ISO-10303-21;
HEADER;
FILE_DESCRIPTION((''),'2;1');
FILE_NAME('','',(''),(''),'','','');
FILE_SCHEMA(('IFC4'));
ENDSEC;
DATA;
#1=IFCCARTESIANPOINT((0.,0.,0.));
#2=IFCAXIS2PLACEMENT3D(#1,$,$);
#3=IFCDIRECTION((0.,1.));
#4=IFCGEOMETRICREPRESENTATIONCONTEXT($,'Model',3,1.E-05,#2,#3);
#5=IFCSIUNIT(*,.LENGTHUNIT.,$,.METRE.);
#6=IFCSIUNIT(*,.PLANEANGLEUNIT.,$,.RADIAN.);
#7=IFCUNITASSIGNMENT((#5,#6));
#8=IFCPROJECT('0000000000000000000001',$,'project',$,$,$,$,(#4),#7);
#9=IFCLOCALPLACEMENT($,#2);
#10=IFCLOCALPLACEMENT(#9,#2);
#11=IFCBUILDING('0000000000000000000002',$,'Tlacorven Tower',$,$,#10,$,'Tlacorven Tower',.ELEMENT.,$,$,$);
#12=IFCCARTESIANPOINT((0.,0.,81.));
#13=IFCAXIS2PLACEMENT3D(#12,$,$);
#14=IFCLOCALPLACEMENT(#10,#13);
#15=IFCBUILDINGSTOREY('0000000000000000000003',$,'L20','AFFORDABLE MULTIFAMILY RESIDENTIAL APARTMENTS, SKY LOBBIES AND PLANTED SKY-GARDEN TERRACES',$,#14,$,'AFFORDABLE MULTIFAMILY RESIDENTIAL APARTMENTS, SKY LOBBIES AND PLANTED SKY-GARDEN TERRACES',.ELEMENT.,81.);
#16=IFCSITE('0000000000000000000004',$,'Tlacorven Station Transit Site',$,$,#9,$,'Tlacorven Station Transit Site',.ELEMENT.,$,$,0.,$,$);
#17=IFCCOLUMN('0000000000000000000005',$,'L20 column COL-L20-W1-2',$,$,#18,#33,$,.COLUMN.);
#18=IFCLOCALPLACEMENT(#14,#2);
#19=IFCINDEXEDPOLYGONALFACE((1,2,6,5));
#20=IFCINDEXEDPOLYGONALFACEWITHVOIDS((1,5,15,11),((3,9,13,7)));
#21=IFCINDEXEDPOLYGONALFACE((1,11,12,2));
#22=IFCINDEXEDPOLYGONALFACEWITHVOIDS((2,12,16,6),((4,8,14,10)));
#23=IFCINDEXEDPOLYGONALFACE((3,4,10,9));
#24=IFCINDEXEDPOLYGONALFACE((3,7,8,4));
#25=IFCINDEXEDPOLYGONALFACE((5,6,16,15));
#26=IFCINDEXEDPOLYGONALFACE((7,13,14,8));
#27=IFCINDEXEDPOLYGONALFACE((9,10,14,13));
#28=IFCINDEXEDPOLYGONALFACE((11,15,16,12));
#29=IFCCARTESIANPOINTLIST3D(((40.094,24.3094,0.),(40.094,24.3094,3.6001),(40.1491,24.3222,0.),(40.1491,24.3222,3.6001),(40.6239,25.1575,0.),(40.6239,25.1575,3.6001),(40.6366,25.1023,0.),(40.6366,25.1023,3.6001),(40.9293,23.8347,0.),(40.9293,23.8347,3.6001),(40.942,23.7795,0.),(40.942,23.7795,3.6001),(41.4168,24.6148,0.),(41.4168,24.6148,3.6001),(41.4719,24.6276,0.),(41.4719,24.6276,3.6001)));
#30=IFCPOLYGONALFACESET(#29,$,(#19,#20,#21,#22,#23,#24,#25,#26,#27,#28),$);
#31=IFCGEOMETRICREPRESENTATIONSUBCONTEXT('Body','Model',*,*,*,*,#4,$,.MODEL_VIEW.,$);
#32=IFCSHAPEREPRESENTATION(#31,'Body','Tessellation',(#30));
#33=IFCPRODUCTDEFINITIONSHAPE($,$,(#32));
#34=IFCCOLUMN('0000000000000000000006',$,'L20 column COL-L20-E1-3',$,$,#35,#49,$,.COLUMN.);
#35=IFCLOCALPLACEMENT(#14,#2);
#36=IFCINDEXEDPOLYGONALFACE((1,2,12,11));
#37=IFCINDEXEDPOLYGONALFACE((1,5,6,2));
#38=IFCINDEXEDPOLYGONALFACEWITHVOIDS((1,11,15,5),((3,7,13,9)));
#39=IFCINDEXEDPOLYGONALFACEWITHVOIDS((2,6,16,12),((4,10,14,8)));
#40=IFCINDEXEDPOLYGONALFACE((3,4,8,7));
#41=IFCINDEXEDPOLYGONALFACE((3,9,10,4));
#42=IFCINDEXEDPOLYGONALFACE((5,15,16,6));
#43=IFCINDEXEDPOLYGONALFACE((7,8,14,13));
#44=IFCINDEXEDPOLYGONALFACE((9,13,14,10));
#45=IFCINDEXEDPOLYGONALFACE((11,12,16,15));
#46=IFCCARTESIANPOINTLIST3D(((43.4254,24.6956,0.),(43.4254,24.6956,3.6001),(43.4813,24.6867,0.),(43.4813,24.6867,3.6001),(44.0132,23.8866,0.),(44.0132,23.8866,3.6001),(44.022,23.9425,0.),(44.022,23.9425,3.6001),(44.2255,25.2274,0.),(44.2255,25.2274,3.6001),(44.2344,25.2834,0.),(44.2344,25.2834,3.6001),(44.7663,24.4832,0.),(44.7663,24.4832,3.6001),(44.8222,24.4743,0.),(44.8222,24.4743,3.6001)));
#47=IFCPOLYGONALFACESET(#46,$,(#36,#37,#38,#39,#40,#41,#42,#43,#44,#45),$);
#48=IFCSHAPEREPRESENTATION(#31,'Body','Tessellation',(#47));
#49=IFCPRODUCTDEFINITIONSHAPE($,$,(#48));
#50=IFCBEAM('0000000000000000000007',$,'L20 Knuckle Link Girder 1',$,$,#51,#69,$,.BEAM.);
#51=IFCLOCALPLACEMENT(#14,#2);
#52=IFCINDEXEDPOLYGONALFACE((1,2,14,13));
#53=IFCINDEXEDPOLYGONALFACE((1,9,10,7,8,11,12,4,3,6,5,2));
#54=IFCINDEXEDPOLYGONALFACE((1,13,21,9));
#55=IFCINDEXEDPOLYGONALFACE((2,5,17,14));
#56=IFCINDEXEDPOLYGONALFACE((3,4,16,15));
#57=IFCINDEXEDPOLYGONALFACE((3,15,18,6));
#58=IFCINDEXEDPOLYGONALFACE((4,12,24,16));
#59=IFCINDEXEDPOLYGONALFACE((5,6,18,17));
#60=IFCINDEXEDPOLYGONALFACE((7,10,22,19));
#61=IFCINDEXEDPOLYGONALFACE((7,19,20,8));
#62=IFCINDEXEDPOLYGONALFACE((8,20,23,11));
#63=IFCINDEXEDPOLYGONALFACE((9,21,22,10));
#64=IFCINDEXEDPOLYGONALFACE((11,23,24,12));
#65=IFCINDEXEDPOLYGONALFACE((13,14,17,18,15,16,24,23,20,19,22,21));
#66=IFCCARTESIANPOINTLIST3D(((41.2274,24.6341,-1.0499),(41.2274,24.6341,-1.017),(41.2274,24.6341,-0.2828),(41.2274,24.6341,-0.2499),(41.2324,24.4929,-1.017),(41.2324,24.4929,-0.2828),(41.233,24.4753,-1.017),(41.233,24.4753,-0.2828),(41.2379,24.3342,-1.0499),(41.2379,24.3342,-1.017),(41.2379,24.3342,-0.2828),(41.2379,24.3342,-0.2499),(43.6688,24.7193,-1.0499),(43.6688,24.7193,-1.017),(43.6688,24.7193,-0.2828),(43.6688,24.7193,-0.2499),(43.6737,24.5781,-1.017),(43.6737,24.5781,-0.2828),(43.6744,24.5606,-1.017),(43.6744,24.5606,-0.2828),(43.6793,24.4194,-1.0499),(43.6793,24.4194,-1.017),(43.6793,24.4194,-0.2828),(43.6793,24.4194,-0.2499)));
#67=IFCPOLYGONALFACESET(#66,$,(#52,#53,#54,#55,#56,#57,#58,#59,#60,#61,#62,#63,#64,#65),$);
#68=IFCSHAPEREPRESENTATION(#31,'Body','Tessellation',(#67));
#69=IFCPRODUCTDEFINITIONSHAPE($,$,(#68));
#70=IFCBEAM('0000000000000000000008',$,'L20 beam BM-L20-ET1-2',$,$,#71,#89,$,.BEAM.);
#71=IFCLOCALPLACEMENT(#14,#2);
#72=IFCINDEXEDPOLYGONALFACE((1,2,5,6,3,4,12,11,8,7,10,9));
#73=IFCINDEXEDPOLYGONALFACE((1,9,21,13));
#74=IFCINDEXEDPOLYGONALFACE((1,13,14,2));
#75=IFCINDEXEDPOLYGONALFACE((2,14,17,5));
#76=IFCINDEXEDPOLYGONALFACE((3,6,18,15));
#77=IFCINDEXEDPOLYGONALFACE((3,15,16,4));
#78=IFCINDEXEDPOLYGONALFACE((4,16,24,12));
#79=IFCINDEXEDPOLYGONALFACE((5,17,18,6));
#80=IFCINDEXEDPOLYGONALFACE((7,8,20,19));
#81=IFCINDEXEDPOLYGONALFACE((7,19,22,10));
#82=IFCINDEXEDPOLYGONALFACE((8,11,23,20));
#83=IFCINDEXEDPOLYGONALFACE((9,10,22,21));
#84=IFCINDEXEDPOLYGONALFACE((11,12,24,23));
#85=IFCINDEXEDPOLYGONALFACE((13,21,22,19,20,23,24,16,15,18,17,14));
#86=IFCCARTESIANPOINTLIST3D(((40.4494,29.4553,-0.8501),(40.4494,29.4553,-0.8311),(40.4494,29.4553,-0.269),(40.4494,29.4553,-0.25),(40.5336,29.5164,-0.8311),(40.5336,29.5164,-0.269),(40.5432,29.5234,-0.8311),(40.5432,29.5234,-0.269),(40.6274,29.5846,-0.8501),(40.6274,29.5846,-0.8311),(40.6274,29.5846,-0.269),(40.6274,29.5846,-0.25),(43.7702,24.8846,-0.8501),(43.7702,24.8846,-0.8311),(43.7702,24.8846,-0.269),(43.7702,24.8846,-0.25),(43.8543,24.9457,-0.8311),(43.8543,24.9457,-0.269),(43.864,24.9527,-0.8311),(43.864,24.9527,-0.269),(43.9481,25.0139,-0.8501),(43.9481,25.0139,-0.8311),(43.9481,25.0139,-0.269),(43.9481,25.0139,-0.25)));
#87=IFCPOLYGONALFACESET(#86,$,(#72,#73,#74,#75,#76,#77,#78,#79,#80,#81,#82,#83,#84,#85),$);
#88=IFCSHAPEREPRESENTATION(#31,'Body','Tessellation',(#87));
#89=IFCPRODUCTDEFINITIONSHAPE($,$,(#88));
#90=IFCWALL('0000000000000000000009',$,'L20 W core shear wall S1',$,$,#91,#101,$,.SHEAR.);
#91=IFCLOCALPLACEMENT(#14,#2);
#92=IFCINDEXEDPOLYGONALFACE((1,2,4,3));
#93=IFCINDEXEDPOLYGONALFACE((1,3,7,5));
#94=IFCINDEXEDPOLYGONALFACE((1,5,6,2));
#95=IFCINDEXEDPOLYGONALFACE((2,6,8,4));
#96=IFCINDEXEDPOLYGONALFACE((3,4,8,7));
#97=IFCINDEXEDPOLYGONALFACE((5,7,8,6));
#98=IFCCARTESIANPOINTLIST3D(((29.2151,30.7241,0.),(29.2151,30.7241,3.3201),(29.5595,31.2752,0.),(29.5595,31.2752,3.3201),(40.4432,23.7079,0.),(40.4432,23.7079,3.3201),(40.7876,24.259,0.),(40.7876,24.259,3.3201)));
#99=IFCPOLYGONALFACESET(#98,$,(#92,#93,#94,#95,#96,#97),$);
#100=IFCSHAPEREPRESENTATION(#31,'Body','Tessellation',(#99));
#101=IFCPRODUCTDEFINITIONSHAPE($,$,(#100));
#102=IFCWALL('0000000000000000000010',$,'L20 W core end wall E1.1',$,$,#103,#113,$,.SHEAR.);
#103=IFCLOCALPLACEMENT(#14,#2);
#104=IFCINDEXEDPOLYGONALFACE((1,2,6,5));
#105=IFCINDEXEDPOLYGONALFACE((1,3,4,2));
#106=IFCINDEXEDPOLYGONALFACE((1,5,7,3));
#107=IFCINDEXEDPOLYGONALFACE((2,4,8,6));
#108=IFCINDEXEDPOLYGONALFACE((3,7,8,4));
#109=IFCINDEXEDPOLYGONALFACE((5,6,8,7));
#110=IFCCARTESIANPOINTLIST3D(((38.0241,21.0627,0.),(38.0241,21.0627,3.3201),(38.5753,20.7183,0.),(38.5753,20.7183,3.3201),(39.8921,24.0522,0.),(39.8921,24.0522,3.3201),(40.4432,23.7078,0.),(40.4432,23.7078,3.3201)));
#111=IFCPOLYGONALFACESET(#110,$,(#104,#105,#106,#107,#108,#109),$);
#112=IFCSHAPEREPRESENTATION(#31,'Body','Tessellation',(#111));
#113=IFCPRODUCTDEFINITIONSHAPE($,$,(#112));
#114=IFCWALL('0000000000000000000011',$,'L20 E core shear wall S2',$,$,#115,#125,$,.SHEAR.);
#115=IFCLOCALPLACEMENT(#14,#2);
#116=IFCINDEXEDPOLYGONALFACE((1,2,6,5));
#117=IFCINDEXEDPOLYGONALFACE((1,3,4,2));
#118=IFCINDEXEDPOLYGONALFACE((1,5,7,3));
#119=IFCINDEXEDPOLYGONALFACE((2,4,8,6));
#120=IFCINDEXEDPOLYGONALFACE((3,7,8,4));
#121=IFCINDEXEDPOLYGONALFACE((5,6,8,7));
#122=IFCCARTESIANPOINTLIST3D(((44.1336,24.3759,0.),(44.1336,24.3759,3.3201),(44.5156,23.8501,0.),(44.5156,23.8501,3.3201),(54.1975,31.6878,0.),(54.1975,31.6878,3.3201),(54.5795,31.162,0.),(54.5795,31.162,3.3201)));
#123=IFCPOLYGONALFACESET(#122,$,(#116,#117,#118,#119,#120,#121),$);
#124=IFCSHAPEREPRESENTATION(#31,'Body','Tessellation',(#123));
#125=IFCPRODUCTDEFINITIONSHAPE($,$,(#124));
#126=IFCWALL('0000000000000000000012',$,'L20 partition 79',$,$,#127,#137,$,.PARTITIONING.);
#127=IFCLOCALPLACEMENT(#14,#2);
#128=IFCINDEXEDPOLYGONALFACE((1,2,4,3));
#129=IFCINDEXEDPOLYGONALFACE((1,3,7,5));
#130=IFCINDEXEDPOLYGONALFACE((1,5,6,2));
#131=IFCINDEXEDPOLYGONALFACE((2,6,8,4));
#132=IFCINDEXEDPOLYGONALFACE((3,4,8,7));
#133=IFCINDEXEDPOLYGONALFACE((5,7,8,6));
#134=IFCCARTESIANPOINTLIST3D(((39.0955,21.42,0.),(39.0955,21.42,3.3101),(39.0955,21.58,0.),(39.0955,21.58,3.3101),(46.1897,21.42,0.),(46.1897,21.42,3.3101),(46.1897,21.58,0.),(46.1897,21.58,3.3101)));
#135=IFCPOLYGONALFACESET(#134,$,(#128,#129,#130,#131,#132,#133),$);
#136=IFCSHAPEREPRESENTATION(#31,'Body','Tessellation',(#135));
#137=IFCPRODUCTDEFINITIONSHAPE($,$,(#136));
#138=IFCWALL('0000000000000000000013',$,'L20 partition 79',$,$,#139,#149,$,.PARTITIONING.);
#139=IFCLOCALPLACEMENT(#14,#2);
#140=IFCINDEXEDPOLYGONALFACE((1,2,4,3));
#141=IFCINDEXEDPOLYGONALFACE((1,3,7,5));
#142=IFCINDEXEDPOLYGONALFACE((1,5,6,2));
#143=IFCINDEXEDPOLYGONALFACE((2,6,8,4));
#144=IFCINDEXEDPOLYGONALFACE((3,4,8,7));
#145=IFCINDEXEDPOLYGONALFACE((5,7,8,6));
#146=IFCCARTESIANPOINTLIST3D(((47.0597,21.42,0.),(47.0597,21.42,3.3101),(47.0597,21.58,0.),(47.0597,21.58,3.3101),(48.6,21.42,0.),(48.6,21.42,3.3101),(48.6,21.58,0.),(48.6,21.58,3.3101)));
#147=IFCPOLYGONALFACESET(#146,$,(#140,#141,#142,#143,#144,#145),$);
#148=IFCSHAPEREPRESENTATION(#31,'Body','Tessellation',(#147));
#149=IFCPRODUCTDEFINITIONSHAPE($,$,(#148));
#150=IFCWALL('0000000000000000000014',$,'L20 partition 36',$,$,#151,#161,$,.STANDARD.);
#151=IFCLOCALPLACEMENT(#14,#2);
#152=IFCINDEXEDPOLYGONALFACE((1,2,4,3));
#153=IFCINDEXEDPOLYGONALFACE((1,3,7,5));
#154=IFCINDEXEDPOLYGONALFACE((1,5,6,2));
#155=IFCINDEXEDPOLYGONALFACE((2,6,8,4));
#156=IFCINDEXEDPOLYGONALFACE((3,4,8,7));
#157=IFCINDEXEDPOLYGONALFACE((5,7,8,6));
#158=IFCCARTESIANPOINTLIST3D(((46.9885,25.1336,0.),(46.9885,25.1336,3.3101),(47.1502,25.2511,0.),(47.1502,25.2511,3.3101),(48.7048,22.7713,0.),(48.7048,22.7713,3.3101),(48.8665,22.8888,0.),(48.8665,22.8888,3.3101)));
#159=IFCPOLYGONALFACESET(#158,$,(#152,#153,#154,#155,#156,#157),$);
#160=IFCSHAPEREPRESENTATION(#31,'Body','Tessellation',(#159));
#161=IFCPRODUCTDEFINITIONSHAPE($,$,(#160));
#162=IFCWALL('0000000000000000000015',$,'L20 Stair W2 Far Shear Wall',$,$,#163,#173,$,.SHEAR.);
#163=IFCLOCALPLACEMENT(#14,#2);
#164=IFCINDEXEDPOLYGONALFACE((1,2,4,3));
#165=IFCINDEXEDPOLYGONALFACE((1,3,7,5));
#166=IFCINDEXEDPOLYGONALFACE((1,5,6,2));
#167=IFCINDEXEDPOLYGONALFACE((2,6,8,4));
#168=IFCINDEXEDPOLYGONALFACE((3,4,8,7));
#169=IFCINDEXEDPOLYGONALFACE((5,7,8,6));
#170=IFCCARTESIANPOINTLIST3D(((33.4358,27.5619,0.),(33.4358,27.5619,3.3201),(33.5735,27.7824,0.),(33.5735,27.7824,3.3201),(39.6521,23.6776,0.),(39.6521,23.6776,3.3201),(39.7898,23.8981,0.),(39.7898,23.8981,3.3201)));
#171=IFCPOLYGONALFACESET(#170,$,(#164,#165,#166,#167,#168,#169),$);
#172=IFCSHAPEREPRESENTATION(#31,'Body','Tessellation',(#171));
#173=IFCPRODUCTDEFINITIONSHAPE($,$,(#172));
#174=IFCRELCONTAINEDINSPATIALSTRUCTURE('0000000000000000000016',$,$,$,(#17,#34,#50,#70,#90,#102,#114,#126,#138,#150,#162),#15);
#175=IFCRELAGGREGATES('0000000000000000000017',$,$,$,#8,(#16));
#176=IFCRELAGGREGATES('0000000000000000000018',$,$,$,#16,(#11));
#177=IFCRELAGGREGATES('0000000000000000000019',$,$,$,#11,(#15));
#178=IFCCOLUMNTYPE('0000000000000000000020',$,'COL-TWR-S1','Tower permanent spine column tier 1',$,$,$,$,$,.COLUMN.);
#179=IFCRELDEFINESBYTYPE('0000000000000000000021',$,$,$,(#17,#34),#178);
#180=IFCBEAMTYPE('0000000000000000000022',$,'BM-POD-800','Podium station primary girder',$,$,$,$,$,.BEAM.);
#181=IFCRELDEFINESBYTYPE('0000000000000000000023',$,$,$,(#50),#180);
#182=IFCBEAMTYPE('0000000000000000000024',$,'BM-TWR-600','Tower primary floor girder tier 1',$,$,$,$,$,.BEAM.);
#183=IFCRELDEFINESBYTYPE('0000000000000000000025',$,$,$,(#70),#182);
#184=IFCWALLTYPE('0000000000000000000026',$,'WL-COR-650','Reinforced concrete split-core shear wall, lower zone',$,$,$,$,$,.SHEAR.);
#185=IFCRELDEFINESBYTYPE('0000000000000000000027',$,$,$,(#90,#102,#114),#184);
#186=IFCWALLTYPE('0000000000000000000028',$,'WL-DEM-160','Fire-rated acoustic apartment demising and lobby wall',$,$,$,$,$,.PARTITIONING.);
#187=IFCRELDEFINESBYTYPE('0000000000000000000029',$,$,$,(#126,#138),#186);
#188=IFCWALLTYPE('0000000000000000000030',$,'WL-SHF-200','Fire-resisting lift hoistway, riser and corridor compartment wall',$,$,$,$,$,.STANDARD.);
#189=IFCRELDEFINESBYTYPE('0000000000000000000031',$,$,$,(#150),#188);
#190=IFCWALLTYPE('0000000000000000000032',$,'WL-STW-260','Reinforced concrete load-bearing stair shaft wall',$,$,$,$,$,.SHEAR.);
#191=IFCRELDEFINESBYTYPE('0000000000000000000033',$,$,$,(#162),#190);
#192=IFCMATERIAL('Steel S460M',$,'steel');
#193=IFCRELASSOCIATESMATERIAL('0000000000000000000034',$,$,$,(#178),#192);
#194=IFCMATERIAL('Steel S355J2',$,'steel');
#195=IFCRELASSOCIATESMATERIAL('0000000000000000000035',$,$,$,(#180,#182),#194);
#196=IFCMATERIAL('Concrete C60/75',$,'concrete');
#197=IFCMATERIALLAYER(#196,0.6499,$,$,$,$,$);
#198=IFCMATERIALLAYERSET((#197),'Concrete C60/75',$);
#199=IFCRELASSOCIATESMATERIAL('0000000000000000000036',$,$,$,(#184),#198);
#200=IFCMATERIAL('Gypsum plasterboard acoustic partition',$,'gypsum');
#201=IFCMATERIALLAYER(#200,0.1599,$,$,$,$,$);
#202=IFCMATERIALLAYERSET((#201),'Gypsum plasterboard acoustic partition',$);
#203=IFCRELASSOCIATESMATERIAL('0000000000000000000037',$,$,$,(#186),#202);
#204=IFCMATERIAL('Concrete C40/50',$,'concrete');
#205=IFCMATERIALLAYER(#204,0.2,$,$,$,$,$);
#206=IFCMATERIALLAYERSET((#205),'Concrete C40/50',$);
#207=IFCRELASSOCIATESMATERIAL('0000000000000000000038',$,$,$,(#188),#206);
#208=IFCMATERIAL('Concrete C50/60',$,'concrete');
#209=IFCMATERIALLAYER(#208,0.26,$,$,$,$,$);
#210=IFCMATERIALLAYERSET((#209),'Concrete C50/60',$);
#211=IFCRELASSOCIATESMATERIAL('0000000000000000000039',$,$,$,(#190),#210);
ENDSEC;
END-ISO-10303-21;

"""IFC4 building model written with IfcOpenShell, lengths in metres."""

from ifc_helpers import new_model, si_unit, direction, frame, frame_2d, origin, origin_2d, place, context, subcontext, project, spatial, rectangle, hollow_rectangle, i_section, extrude, source, transform, mapped, material, layer, layer_set, material_profile, profile_set, type_object, element, save


model = new_model("IFC4")

# Units and contexts
model_context = context("Model", 3, precision=1e-05, world=origin(), true_north=direction((0.0, 1.0)))
body_context = subcontext(model_context, "Body", "Model", "MODEL_VIEW")
ifc_project = project(units=[si_unit("LENGTHUNIT", "METRE"), si_unit("PLANEANGLEUNIT", "RADIAN")], contexts=[model_context])

# Site, building, storey
site_placement = place(None, origin())
site = spatial("IfcSite", under=ifc_project, at=site_placement, Name="Tlacorven Station Transit Site", LongName="Tlacorven Station Transit Site", CompositionType="ELEMENT", RefElevation=0.0)
building_placement = place(site_placement, origin())
building = spatial("IfcBuilding", under=site, at=building_placement, Name="Tlacorven Tower", LongName="Tlacorven Tower", CompositionType="ELEMENT")
storey_placement = place(building_placement, frame((0.0, 0.0, 81.0)))
storey = spatial("IfcBuildingStorey", under=building, at=storey_placement, Name="L20", Description="AFFORDABLE MULTIFAMILY RESIDENTIAL APARTMENTS, SKY LOBBIES AND PLANTED SKY-GARDEN TERRACES", LongName="AFFORDABLE MULTIFAMILY RESIDENTIAL APARTMENTS, SKY LOBBIES AND PLANTED SKY-GARDEN TERRACES", CompositionType="ELEMENT", Elevation=81.0)

# Columns
ifc_material_1 = material(Name="Steel S460M", Category="steel")
ifc_material_profile_1 = material_profile(ifc_material_1, hollow_rectangle(XDim=1.0, YDim=1.0, WallThickness=0.04, at=origin_2d()), Name="BOX 1000X1000X40")
ifc_profile_set_1 = profile_set([ifc_material_profile_1], Name="Steel S460M")
column_type = type_object("IfcColumnType", Name="COL-TWR-S1", Description="Tower permanent spine column tier 1", PredefinedType="COLUMN", material=ifc_profile_set_1)
shared_shape_1 = source(origin(), body_context, "Body", "SweptSolid", [
    extrude(hollow_rectangle(XDim=1.0, YDim=1.0, WallThickness=0.04, at=origin_2d()), origin(), (0.0, 0.0, 1.0), 3.6001),
])
for number, where, z_axis, x_axis, name in (
    (1, (40.783, 24.4685, 0.0), (0.0, 0.0, 1.0), (-0.848048, 0.529919, 0.0), "L20 column COL-L20-W1-2"),
    (2, (44.1238, 24.585, 0.0), (0.0, 0.0, 1.0), (0.809017, 0.587785, 0.0), "L20 column COL-L20-E1-3"),
):
    element("IfcColumn", number, at=place(storey_placement, frame(where, z_axis=z_axis, x_axis=x_axis)), inside=storey, type_object=column_type, Name=name, PredefinedType="COLUMN", context=body_context, shape_type="MappedRepresentation", body=[
        mapped(shared_shape_1, transform((0.0, 0.0, 0.0), scale=1.0)),
    ])

# Beams
ifc_material_2 = material(Name="Steel S355J2", Category="steel")
ifc_material_profile_2 = material_profile(ifc_material_2, i_section(OverallWidth=0.3, OverallDepth=0.8, WebThickness=0.0176, FlangeThickness=0.033, at=origin_2d()), Name="HEB 800")
ifc_profile_set_2 = profile_set([ifc_material_profile_2], Name="Steel S355J2")
beam_type_1 = type_object("IfcBeamType", Name="BM-POD-800", Description="Podium station primary girder", PredefinedType="BEAM", material=ifc_profile_set_2)
shared_shape_2 = source(origin(), body_context, "Body", "SweptSolid", [
    extrude(i_section(OverallWidth=0.3, OverallDepth=0.8, WebThickness=0.0176, FlangeThickness=0.033, at=origin_2d()), origin(), (0.0, 0.0, 1.0), 2.4429),
])
beam_1_placement = place(storey_placement, frame((41.2327, 24.4841, -0.6499), z_axis=(0.999392, 0.034879, 0.0), x_axis=(-0.034879, 0.999392, 0.0)))
element("IfcBeam", 3, at=beam_1_placement, inside=storey, type_object=beam_type_1, Name="L20 Knuckle Link Girder 1", PredefinedType="BEAM", context=body_context, shape_type="MappedRepresentation", body=[
    mapped(shared_shape_2, transform((0.0, 0.0, 0.0), scale=1.0)),
])
ifc_material_profile_3 = material_profile(ifc_material_2, i_section(OverallWidth=0.22, OverallDepth=0.6001, WebThickness=0.012, FlangeThickness=0.019, at=origin_2d()), Name="IPE 600")
ifc_profile_set_3 = profile_set([ifc_material_profile_3], Name="Steel S355J2")
beam_type_2 = type_object("IfcBeamType", Name="BM-TWR-600", Description="Tower primary floor girder tier 1", PredefinedType="BEAM", material=ifc_profile_set_3)
shared_shape_3 = source(origin(), body_context, "Body", "SweptSolid", [
    extrude(i_section(OverallWidth=0.22, OverallDepth=0.6001, WebThickness=0.012, FlangeThickness=0.019, at=origin_2d()), origin(), (0.0, 0.0, 1.0), 5.6497),
])
beam_2_placement = place(storey_placement, frame((43.8591, 24.9492, -0.55), z_axis=(-0.587776, 0.809024, 0.0), x_axis=(-0.809024, -0.587776, 0.0)))
element("IfcBeam", 4, at=beam_2_placement, inside=storey, type_object=beam_type_2, Name="L20 beam BM-L20-ET1-2", PredefinedType="BEAM", context=body_context, shape_type="MappedRepresentation", body=[
    mapped(shared_shape_3, transform((0.0, 0.0, 0.0), scale=1.0)),
])

# Walls
ifc_material_3 = material(Name="Concrete C60/75", Category="concrete")
ifc_layer_1 = layer(ifc_material_3, 0.6499)
ifc_layer_set_1 = layer_set([ifc_layer_1], Name="Concrete C60/75")
wall_type_1 = type_object("IfcWallType", Name="WL-COR-650", Description="Reinforced concrete split-core shear wall, lower zone", PredefinedType="SHEAR", material=ifc_layer_set_1)
wall_1_placement = place(storey_placement, frame((40.6155, 23.9834, 0.0), z_axis=(0.0, 0.0, 1.0), x_axis=(-0.848046, 0.529923, 0.0)))
element("IfcWall", 5, at=wall_1_placement, inside=storey, type_object=wall_type_1, Name="L20 W core shear wall S1", PredefinedType="SHEAR", context=body_context, shape_type="SweptSolid", body=[
    extrude(rectangle(XDim=13.24, YDim=0.6499, at=frame_2d((6.6201, 0.0))), origin(), (0.0, 0.0, 1.0), 3.3201),
])
wall_2_placement = place(storey_placement, frame((40.1677, 23.8801, 0.0), z_axis=(0.0, 0.0, 1.0), x_axis=(-0.529893, -0.848064, 0.0)))
element("IfcWall", 6, at=wall_2_placement, inside=storey, type_object=wall_type_1, Name="L20 W core end wall E1.1", PredefinedType="SHEAR", context=body_context, shape_type="SweptSolid", body=[
    extrude(rectangle(XDim=3.5251, YDim=0.6499, at=frame_2d((1.7627, 0.0))), origin(), (0.0, 0.0, 1.0), 3.3201),
])
wall_3_placement = place(storey_placement, frame((44.3247, 24.113, 0.0), z_axis=(0.0, 0.0, 1.0), x_axis=(0.809013, 0.587791, 0.0)))
element("IfcWall", 7, at=wall_3_placement, inside=storey, type_object=wall_type_1, Name="L20 E core shear wall S2", PredefinedType="SHEAR", context=body_context, shape_type="SweptSolid", body=[
    extrude(rectangle(XDim=12.4397, YDim=0.6499, at=frame_2d((6.2197, 0.0))), origin(), (0.0, 0.0, 1.0), 3.3201),
])
ifc_material_4 = material(Name="Gypsum plasterboard acoustic partition", Category="gypsum")
ifc_layer_2 = layer(ifc_material_4, 0.1599)
ifc_layer_set_2 = layer_set([ifc_layer_2], Name="Gypsum plasterboard acoustic partition")
wall_type_2 = type_object("IfcWallType", Name="WL-DEM-160", Description="Fire-rated acoustic apartment demising and lobby wall", PredefinedType="PARTITIONING", material=ifc_layer_set_2)
wall_4_placement = place(storey_placement, frame((39.0955, 21.5, 0.0), z_axis=(0.0, 0.0, 1.0), x_axis=(1.0, 0.0, 0.0)))
element("IfcWall", 8, at=wall_4_placement, inside=storey, type_object=wall_type_2, Name="L20 partition 79", PredefinedType="PARTITIONING", context=body_context, shape_type="SweptSolid", body=[
    extrude(rectangle(XDim=7.0942, YDim=0.1599, at=frame_2d((3.5471, 0.0))), origin(), (0.0, 0.0, 1.0), 3.3101),
])
wall_5_placement = place(storey_placement, frame((47.0598, 21.5, 0.0), z_axis=(0.0, 0.0, 1.0), x_axis=(1.0, 0.0, 0.0)))
element("IfcWall", 9, at=wall_5_placement, inside=storey, type_object=wall_type_2, Name="L20 partition 79", PredefinedType="PARTITIONING", context=body_context, shape_type="SweptSolid", body=[
    extrude(rectangle(XDim=1.5403, YDim=0.1599, at=frame_2d((0.77, 0.0))), origin(), (0.0, 0.0, 1.0), 3.3101),
])
ifc_material_5 = material(Name="Concrete C40/50", Category="concrete")
ifc_layer_3 = layer(ifc_material_5, 0.2)
ifc_layer_set_3 = layer_set([ifc_layer_3], Name="Concrete C40/50")
wall_type_3 = type_object("IfcWallType", Name="WL-SHF-200", Description="Fire-resisting lift hoistway, riser and corridor compartment wall", PredefinedType="STANDARD", material=ifc_layer_set_3)
wall_6_placement = place(storey_placement, frame((48.7856, 22.8301, 0.0), z_axis=(0.0, 0.0, 1.0), x_axis=(-0.587784, 0.809018, 0.0)))
element("IfcWall", 10, at=wall_6_placement, inside=storey, type_object=wall_type_3, Name="L20 partition 36", PredefinedType="STANDARD", context=body_context, shape_type="SweptSolid", body=[
    extrude(rectangle(XDim=2.9199, YDim=0.2, at=frame_2d((1.46, 0.0))), origin(), (0.0, 0.0, 1.0), 3.3101),
])
ifc_material_6 = material(Name="Concrete C50/60", Category="concrete")
ifc_layer_4 = layer(ifc_material_6, 0.26)
ifc_layer_set_4 = layer_set([ifc_layer_4], Name="Concrete C50/60")
wall_type_4 = type_object("IfcWallType", Name="WL-STW-260", Description="Reinforced concrete load-bearing stair shaft wall", PredefinedType="SHEAR", material=ifc_layer_set_4)
wall_7_placement = place(storey_placement, frame((39.7209, 23.7878, 0.0), z_axis=(0.0, 0.0, 1.0), x_axis=(-0.848054, 0.529909, 0.0)))
element("IfcWall", 11, at=wall_7_placement, inside=storey, type_object=wall_type_4, Name="L20 Stair W2 Far Shear Wall", PredefinedType="SHEAR", context=body_context, shape_type="SweptSolid", body=[
    extrude(rectangle(XDim=7.3301, YDim=0.26, at=frame_2d((3.665, 0.0))), origin(), (0.0, 0.0, 1.0), 3.3201),
])

save(model, "model.ifc")
